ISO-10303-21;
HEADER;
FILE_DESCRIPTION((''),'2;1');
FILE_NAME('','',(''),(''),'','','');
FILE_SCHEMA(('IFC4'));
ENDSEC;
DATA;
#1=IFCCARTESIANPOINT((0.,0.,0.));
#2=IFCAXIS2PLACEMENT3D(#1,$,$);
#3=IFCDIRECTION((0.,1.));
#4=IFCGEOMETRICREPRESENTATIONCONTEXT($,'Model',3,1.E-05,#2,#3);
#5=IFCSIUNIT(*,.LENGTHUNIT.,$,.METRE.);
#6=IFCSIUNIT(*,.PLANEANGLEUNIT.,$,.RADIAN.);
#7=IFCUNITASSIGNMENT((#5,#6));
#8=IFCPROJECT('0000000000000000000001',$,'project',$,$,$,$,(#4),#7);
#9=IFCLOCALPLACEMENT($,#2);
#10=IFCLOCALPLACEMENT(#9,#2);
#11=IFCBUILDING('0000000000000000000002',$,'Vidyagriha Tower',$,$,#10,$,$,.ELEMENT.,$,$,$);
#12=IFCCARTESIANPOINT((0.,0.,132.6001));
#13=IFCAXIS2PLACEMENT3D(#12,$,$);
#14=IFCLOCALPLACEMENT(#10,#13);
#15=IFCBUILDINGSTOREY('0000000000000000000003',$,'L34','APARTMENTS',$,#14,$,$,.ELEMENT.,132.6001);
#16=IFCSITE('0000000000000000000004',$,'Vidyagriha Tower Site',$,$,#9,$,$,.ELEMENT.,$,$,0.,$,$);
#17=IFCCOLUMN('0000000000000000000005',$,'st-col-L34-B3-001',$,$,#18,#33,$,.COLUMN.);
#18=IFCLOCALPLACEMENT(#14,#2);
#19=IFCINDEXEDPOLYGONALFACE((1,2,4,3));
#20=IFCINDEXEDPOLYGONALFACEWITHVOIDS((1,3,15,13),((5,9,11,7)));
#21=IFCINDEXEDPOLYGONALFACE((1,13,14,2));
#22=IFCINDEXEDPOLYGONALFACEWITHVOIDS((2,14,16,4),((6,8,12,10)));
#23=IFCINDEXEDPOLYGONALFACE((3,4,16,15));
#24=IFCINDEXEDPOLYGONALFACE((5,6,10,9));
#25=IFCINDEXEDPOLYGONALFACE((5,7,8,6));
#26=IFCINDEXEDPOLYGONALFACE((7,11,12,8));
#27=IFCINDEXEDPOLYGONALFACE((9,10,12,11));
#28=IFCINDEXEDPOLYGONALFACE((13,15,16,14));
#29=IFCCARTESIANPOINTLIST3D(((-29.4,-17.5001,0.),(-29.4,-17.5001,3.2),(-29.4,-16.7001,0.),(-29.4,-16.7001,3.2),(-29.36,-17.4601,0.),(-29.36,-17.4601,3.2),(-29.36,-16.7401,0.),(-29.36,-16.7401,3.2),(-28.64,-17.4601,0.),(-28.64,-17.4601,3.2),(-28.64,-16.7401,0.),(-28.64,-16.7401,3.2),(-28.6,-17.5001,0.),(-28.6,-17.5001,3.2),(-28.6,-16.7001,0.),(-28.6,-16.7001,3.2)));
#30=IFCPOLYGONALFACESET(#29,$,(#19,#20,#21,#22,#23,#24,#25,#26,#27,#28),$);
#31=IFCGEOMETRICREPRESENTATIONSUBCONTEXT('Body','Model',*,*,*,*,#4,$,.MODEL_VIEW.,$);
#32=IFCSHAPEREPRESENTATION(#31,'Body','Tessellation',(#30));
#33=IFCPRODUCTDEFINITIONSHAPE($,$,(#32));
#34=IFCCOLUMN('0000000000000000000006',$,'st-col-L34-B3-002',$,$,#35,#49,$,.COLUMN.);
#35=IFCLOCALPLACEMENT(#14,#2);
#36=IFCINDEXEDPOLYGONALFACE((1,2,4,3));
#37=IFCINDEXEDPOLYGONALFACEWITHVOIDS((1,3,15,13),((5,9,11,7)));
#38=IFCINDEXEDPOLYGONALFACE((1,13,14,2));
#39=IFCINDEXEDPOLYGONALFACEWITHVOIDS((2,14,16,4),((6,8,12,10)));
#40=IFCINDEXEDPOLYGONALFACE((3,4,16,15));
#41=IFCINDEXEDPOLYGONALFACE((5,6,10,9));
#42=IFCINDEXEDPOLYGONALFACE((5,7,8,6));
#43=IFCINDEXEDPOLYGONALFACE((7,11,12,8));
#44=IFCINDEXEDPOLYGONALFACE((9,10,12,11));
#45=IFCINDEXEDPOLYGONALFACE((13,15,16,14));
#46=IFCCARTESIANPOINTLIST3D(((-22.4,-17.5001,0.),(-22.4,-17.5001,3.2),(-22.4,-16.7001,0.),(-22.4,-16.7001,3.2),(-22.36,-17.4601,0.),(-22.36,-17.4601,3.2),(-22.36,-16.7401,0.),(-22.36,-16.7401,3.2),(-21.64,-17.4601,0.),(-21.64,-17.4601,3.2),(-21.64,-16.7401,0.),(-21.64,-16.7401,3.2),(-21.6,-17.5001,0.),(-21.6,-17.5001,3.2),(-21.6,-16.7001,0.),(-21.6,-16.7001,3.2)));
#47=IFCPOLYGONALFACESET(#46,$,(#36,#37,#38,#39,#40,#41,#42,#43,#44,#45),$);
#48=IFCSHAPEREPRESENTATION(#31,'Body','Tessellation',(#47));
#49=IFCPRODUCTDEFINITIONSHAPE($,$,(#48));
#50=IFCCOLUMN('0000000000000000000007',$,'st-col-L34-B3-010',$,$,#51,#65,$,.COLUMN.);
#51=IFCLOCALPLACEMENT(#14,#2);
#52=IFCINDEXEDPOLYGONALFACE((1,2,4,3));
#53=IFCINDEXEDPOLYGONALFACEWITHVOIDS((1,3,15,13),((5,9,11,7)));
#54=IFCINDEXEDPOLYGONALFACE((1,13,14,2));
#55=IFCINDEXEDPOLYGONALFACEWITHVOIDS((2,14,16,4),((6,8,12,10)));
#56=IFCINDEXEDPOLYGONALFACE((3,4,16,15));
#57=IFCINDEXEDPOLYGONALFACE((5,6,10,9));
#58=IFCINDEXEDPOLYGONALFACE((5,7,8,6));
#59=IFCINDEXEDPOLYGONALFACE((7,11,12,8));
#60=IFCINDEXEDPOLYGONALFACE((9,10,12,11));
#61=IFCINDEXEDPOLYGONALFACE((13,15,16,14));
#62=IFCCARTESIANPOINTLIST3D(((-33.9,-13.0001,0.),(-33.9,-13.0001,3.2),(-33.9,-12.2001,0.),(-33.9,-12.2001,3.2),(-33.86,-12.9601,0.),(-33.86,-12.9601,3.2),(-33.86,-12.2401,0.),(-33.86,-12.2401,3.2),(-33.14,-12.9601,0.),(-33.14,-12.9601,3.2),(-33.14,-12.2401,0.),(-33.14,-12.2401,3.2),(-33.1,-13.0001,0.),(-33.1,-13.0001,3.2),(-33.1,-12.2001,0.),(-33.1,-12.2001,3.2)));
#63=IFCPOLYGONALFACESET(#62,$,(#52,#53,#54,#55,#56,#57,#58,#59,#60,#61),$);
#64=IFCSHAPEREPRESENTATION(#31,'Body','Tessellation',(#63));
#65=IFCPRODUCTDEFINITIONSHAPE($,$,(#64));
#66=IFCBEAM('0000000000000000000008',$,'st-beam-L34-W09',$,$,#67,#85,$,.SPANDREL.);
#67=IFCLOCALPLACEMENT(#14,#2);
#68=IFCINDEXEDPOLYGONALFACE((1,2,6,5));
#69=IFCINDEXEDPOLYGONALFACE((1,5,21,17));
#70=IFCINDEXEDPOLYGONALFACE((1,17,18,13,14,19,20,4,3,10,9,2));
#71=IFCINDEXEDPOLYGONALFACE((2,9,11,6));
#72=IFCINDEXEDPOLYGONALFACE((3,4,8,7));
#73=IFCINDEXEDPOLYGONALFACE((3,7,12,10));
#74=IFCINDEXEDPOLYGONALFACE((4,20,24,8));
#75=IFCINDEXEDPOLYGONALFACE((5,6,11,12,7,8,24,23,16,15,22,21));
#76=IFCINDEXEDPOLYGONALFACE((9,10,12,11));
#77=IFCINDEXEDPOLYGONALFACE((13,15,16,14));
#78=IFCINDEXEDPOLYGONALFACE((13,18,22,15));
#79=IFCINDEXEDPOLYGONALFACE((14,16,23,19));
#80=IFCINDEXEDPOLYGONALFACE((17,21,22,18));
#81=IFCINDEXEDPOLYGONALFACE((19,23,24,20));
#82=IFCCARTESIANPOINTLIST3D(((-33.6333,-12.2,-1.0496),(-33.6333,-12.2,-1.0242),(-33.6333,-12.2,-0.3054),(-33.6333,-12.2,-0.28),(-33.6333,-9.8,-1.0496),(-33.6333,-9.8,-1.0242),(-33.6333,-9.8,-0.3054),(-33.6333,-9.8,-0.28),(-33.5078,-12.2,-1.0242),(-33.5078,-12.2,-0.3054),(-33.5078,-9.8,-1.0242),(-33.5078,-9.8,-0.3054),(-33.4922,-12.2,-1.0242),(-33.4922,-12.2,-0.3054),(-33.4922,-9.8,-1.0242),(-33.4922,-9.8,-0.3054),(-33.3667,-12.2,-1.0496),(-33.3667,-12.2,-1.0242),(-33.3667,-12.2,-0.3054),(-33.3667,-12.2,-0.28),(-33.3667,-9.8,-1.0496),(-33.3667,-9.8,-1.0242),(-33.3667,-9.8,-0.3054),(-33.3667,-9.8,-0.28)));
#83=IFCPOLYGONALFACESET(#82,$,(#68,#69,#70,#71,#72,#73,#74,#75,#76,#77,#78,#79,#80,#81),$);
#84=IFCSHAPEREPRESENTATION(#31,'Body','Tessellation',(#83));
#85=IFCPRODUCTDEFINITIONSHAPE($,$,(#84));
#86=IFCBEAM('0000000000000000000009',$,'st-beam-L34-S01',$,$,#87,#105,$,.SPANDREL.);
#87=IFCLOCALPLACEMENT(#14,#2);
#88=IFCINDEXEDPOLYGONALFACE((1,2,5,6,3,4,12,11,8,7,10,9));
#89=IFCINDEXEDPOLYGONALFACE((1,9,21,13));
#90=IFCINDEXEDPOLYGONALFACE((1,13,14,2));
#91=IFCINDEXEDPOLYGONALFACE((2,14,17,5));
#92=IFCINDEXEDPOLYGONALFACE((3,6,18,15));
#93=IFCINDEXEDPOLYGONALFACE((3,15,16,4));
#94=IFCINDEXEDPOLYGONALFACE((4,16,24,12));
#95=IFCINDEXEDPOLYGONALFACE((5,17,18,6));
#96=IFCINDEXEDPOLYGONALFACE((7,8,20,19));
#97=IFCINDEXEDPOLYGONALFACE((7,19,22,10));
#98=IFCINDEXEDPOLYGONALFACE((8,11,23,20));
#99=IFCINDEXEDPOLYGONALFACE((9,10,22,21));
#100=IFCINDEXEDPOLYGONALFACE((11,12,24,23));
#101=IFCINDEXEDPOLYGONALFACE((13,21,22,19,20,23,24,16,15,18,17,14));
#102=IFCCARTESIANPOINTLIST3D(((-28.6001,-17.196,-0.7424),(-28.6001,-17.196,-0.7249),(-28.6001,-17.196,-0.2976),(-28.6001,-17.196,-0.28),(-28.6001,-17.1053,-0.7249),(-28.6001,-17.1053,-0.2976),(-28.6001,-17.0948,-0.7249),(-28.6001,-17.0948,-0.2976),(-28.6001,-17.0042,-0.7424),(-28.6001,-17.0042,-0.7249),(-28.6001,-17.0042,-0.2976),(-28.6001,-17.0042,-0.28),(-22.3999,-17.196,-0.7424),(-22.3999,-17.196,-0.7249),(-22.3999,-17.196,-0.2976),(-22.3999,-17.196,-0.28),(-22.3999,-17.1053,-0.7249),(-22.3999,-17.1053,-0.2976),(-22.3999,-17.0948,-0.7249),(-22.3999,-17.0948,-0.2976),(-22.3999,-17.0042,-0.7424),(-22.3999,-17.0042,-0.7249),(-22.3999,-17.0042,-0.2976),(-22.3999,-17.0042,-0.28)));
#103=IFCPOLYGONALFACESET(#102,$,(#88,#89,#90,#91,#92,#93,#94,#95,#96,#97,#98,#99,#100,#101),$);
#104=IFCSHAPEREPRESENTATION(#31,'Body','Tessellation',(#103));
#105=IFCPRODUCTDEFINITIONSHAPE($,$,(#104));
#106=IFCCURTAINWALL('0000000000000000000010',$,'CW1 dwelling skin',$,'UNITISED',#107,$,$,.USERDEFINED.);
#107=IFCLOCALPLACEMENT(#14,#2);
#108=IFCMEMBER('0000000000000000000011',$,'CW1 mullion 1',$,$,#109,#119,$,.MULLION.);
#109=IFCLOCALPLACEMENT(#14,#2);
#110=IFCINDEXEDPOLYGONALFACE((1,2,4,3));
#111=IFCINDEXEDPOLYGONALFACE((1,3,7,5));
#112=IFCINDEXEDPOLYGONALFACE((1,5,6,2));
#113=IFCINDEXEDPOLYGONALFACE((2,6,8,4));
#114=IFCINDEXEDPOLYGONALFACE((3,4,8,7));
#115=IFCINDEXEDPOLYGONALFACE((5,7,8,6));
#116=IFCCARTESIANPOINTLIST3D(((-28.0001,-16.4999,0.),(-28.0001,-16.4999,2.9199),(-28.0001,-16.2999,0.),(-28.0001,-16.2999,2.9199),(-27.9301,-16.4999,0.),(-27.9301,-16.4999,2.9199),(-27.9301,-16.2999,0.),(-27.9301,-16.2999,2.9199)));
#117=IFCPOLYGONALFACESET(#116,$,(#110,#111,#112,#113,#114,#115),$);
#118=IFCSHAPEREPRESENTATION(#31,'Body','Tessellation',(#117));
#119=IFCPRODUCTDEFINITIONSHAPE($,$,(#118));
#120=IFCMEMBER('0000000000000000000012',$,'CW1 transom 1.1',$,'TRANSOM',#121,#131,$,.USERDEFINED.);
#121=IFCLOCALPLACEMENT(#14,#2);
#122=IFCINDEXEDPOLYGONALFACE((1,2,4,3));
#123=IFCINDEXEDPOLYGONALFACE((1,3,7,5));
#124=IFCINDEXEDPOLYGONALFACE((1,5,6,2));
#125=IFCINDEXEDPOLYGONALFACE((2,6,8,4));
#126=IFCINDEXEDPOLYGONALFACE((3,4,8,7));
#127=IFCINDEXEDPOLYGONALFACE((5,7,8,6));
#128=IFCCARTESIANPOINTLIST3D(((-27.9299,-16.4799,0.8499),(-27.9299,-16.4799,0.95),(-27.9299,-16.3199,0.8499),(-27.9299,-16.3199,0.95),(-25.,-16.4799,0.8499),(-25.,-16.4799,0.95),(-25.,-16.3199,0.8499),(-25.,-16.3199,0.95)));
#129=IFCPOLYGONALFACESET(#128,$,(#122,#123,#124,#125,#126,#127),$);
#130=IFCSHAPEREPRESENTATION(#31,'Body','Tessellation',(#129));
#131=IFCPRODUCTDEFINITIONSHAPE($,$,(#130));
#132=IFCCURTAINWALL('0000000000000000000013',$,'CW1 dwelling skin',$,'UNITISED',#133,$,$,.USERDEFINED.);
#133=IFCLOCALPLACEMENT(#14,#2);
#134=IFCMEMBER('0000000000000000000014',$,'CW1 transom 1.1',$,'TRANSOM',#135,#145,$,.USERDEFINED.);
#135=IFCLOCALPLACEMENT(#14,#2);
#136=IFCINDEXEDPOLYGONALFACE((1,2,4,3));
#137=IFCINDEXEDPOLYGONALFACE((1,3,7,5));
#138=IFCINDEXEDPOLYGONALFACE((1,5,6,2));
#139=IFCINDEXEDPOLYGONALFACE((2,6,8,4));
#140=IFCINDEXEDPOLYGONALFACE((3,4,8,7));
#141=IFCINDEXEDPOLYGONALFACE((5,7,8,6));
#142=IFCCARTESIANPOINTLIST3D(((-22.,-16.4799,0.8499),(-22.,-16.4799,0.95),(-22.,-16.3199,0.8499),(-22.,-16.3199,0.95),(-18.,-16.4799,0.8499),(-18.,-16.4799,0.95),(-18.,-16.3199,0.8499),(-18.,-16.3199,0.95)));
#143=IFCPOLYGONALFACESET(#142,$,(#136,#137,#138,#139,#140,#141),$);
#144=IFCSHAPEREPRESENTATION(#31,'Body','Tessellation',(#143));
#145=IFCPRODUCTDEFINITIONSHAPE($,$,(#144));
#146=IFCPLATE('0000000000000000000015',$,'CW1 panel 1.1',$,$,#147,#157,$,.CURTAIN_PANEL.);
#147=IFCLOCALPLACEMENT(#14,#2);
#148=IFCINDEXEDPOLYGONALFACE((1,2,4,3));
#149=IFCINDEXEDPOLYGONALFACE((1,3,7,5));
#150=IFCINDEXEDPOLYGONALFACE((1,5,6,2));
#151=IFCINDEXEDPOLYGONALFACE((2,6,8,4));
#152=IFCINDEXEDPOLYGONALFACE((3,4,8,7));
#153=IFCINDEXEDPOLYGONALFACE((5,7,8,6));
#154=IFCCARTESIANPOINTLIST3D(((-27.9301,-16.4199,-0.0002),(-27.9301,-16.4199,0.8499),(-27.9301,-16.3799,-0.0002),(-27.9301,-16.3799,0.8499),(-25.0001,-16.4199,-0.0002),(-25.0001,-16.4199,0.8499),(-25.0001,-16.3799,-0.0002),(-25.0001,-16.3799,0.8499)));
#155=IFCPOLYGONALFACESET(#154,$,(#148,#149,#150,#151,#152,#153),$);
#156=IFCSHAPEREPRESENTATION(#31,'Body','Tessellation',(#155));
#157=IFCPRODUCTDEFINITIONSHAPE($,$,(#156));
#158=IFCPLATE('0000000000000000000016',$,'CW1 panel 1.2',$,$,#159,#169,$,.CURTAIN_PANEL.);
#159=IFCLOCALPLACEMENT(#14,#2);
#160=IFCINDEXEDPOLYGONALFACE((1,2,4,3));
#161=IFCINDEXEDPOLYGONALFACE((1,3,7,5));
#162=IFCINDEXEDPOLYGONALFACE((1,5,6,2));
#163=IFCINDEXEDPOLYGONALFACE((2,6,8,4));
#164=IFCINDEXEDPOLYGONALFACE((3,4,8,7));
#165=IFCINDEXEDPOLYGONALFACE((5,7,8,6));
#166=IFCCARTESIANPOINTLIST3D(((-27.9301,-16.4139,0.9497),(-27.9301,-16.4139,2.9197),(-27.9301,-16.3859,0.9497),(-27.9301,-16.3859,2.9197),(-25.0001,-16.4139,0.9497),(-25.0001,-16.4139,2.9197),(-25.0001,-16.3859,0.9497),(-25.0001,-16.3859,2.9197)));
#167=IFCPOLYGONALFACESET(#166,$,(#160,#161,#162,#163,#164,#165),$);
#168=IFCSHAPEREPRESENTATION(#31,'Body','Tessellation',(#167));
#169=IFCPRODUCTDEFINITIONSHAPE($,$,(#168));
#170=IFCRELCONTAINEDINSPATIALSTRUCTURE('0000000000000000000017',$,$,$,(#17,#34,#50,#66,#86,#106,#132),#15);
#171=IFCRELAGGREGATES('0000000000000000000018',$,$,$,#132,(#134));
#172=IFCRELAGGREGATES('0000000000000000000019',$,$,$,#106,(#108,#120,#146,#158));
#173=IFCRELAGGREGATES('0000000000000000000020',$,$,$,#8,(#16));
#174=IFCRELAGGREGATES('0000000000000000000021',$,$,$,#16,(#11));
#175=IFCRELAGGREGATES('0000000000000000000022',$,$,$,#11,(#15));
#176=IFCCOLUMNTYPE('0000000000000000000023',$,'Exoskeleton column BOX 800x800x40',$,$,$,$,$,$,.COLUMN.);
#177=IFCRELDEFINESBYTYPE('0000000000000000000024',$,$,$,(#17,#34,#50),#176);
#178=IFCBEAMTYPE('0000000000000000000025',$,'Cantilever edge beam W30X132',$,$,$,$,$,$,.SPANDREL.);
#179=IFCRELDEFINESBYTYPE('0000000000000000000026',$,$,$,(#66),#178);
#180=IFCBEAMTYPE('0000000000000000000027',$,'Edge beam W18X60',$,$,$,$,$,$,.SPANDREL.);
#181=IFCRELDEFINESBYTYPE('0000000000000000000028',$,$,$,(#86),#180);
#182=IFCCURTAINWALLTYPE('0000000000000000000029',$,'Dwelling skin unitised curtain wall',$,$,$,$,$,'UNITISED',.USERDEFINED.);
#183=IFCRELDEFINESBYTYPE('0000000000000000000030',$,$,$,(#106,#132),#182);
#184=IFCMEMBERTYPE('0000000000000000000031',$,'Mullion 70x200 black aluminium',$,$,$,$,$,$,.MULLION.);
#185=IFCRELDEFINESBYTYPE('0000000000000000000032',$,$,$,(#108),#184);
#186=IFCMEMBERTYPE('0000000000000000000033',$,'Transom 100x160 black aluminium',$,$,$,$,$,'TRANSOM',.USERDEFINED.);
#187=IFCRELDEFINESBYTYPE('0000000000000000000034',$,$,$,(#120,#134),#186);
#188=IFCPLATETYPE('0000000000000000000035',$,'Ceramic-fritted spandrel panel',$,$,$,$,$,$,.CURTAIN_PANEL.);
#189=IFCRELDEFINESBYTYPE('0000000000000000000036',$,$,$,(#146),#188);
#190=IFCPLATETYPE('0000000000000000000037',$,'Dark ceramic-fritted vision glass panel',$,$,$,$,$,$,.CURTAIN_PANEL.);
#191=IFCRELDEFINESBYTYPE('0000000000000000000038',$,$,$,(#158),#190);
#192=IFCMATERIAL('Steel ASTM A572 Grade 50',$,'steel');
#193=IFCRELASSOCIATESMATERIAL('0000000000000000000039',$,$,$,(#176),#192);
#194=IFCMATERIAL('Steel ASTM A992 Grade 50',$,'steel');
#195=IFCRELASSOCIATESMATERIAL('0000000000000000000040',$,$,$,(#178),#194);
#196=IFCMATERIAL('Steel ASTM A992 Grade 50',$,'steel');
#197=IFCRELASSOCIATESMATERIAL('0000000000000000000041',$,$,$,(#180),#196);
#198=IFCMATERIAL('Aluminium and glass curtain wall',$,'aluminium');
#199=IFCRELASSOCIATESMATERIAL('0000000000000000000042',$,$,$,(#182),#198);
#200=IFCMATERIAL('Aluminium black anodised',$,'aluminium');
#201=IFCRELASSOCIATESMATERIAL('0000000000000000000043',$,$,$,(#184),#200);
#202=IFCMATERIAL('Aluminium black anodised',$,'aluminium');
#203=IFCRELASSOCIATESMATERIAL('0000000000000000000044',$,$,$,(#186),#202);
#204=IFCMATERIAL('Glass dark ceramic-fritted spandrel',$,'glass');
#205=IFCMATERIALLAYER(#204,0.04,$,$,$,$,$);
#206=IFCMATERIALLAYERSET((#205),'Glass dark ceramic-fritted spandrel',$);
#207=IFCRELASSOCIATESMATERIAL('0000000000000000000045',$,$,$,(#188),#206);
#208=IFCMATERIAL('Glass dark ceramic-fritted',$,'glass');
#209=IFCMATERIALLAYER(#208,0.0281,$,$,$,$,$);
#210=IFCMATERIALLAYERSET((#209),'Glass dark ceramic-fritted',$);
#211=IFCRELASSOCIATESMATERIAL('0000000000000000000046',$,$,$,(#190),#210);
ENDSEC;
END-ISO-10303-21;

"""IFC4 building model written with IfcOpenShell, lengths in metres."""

from ifc_helpers import new_model, si_unit, direction, frame, origin, origin_2d, place, context, subcontext, project, spatial, rectangle, hollow_rectangle, i_section, extrude, material, layer, layer_set, material_profile, profile_set, type_object, element, aggregate, save


model = new_model("IFC4")

# Units and contexts
model_context = context("Model", 3, precision=1e-05, world=origin(), true_north=direction((0.0, 1.0)))
body_context = subcontext(model_context, "Body", "Model", "MODEL_VIEW")
ifc_project = project(units=[si_unit("LENGTHUNIT", "METRE"), si_unit("PLANEANGLEUNIT", "RADIAN")], contexts=[model_context])

# Site, building, storey
site_placement = place(None, origin())
site = spatial("IfcSite", under=ifc_project, at=site_placement, Name="Vidyagriha Tower Site", CompositionType="ELEMENT", RefElevation=0.0)
building_placement = place(site_placement, origin())
building = spatial("IfcBuilding", under=site, at=building_placement, Name="Vidyagriha Tower", CompositionType="ELEMENT")
storey_placement = place(building_placement, frame((0.0, 0.0, 132.6001)))
storey = spatial("IfcBuildingStorey", under=building, at=storey_placement, Name="L34", Description="APARTMENTS", CompositionType="ELEMENT", Elevation=132.6001)

# Columns
ifc_material_1 = material(Name="Steel ASTM A572 Grade 50", Category="steel")
ifc_material_profile_1 = material_profile(ifc_material_1, hollow_rectangle(XDim=0.8, YDim=0.8, WallThickness=0.04, at=origin_2d()), Name="BOX 800x800x40")
ifc_profile_set_1 = profile_set([ifc_material_profile_1], Name="Steel ASTM A572 Grade 50")
column_type = type_object("IfcColumnType", Name="Exoskeleton column BOX 800x800x40", PredefinedType="COLUMN", material=ifc_profile_set_1)
for number, where, name in (
    (1, (-29.0, -17.1001, 0.0), "st-col-L34-B3-001"),
    (2, (-22.0, -17.1001, 0.0), "st-col-L34-B3-002"),
    (3, (-33.5, -12.6001, 0.0), "st-col-L34-B3-010"),
):
    element("IfcColumn", number, at=place(storey_placement, frame(where)), inside=storey, type_object=column_type, Name=name, PredefinedType="COLUMN", context=body_context, shape_type="SweptSolid", body=[
        extrude(hollow_rectangle(XDim=0.8, YDim=0.8, WallThickness=0.04, at=origin_2d()), origin(), (0.0, 0.0, 1.0), 3.2),
    ])

# Beams
ifc_material_2 = material(Name="Steel ASTM A992 Grade 50", Category="steel")
ifc_material_profile_2 = material_profile(ifc_material_2, i_section(OverallWidth=0.2666, OverallDepth=0.7695, WebThickness=0.0156, FlangeThickness=0.0254, at=origin_2d()), Name="W30X132")
ifc_profile_set_2 = profile_set([ifc_material_profile_2], Name="Steel ASTM A992 Grade 50")
beam_type_1 = type_object("IfcBeamType", Name="Cantilever edge beam W30X132", PredefinedType="SPANDREL", material=ifc_profile_set_2)
beam_1_placement = place(storey_placement, frame((-33.5, -12.2, -0.6648), z_axis=(0.0, 1.0, 0.0), x_axis=(-1.0, 0.0, 0.0)))
element("IfcBeam", 4, at=beam_1_placement, inside=storey, type_object=beam_type_1, Name="st-beam-L34-W09", PredefinedType="SPANDREL", context=body_context, shape_type="SweptSolid", body=[
    extrude(i_section(OverallWidth=0.2666, OverallDepth=0.7695, WebThickness=0.0156, FlangeThickness=0.0254, at=origin_2d()), origin(), (0.0, 0.0, 1.0), 2.3999),
])
ifc_material_3 = material(Name="Steel ASTM A992 Grade 50", Category="steel")
ifc_material_profile_3 = material_profile(ifc_material_3, i_section(OverallWidth=0.1919, OverallDepth=0.4624, WebThickness=0.0105, FlangeThickness=0.0176, at=origin_2d()), Name="W18X60")
ifc_profile_set_3 = profile_set([ifc_material_profile_3], Name="Steel ASTM A992 Grade 50")
beam_type_2 = type_object("IfcBeamType", Name="Edge beam W18X60", PredefinedType="SPANDREL", material=ifc_profile_set_3)
beam_2_placement = place(storey_placement, frame((-28.6001, -17.1001, -0.5112), z_axis=(1.0, 0.0, 0.0), x_axis=(0.0, 1.0, 0.0)))
element("IfcBeam", 5, at=beam_2_placement, inside=storey, type_object=beam_type_2, Name="st-beam-L34-S01", PredefinedType="SPANDREL", context=body_context, shape_type="SweptSolid", body=[
    extrude(i_section(OverallWidth=0.1919, OverallDepth=0.4624, WebThickness=0.0105, FlangeThickness=0.0176, at=origin_2d()), origin(), (0.0, 0.0, 1.0), 6.2002),
])

# Curtain wall, members
ifc_material_4 = material(Name="Aluminium and glass curtain wall", Category="aluminium")
curtain_wall_type = type_object("IfcCurtainWallType", Name="Dwelling skin unitised curtain wall", ElementType="UNITISED", PredefinedType="USERDEFINED", material=ifc_material_4)
curtain_wall_1_placement = place(storey_placement, origin())
curtain_wall_1 = element("IfcCurtainWall", 6, at=curtain_wall_1_placement, inside=storey, type_object=curtain_wall_type, Name="CW1 dwelling skin", ObjectType="UNITISED", PredefinedType="USERDEFINED")
ifc_material_5 = material(Name="Aluminium black anodised", Category="aluminium")
ifc_material_profile_4 = material_profile(ifc_material_5, rectangle(XDim=0.2, YDim=0.0701, at=origin_2d()), Name="Mullion 70x200 black aluminium")
ifc_profile_set_4 = profile_set([ifc_material_profile_4], Name="Aluminium black anodised")
member_type_1 = type_object("IfcMemberType", Name="Mullion 70x200 black aluminium", PredefinedType="MULLION", material=ifc_profile_set_4)
member_1_placement = place(storey_placement, frame((-27.9651, -16.3999, 0.0), z_axis=(0.0, 0.0, 1.0), x_axis=(0.0, 1.0, 0.0)))
member_1 = element("IfcMember", 7, at=member_1_placement, type_object=member_type_1, Name="CW1 mullion 1", PredefinedType="MULLION", context=body_context, shape_type="SweptSolid", body=[
    extrude(rectangle(XDim=0.2, YDim=0.0701, at=origin_2d()), origin(), (0.0, 0.0, 1.0), 2.9199),
])
ifc_material_6 = material(Name="Aluminium black anodised", Category="aluminium")
ifc_material_profile_5 = material_profile(ifc_material_6, rectangle(XDim=0.1599, YDim=0.1001, at=origin_2d()), Name="Transom 100x160 black aluminium")
ifc_profile_set_5 = profile_set([ifc_material_profile_5], Name="Aluminium black anodised")
member_type_2 = type_object("IfcMemberType", Name="Transom 100x160 black aluminium", ElementType="TRANSOM", PredefinedType="USERDEFINED", material=ifc_profile_set_5)
member_2_placement = place(storey_placement, frame((-27.9299, -16.3999, 0.8999), z_axis=(1.0, 0.0, 0.0), x_axis=(0.0, 1.0, 0.0)))
member_2 = element("IfcMember", 8, at=member_2_placement, type_object=member_type_2, Name="CW1 transom 1.1", ObjectType="TRANSOM", PredefinedType="USERDEFINED", context=body_context, shape_type="SweptSolid", body=[
    extrude(rectangle(XDim=0.1599, YDim=0.1001, at=origin_2d()), origin(), (0.0, 0.0, 1.0), 2.9299),
])

# Curtain wall, member
curtain_wall_2_placement = place(storey_placement, origin())
curtain_wall_2 = element("IfcCurtainWall", 9, at=curtain_wall_2_placement, inside=storey, type_object=curtain_wall_type, Name="CW1 dwelling skin", ObjectType="UNITISED", PredefinedType="USERDEFINED")
member_3_placement = place(storey_placement, frame((-22.0, -16.3999, 0.8999), z_axis=(1.0, 0.0, 0.0), x_axis=(0.0, 1.0, 0.0)))
member_3 = element("IfcMember", 10, at=member_3_placement, type_object=member_type_2, Name="CW1 transom 1.1", ObjectType="TRANSOM", PredefinedType="USERDEFINED", context=body_context, shape_type="SweptSolid", body=[
    extrude(rectangle(XDim=0.1599, YDim=0.1001, at=origin_2d()), origin(), (0.0, 0.0, 1.0), 4.0),
])
aggregate(curtain_wall_2, [member_3])

# Plates
ifc_material_7 = material(Name="Glass dark ceramic-fritted spandrel", Category="glass")
ifc_layer_1 = layer(ifc_material_7, 0.04)
ifc_layer_set_1 = layer_set([ifc_layer_1], Name="Glass dark ceramic-fritted spandrel")
plate_type_1 = type_object("IfcPlateType", Name="Ceramic-fritted spandrel panel", PredefinedType="CURTAIN_PANEL", material=ifc_layer_set_1)
plate_1_placement = place(storey_placement, frame((-26.4651, -16.3999, -0.0002)))
plate_1 = element("IfcPlate", 11, at=plate_1_placement, type_object=plate_type_1, Name="CW1 panel 1.1", PredefinedType="CURTAIN_PANEL", context=body_context, shape_type="SweptSolid", body=[
    extrude(rectangle(XDim=2.9299, YDim=0.04, at=origin_2d()), origin(), (0.0, 0.0, 1.0), 0.8501),
])
ifc_material_8 = material(Name="Glass dark ceramic-fritted", Category="glass")
ifc_layer_2 = layer(ifc_material_8, 0.0281)
ifc_layer_set_2 = layer_set([ifc_layer_2], Name="Glass dark ceramic-fritted")
plate_type_2 = type_object("IfcPlateType", Name="Dark ceramic-fritted vision glass panel", PredefinedType="CURTAIN_PANEL", material=ifc_layer_set_2)
plate_2_placement = place(storey_placement, frame((-26.4651, -16.3999, 0.9497)))
plate_2 = element("IfcPlate", 12, at=plate_2_placement, type_object=plate_type_2, Name="CW1 panel 1.2", PredefinedType="CURTAIN_PANEL", context=body_context, shape_type="SweptSolid", body=[
    extrude(rectangle(XDim=2.9299, YDim=0.0281, at=origin_2d()), origin(), (0.0, 0.0, 1.0), 1.97),
])
aggregate(curtain_wall_1, [member_1, member_2, plate_1, plate_2])

save(model, "model.ifc")
